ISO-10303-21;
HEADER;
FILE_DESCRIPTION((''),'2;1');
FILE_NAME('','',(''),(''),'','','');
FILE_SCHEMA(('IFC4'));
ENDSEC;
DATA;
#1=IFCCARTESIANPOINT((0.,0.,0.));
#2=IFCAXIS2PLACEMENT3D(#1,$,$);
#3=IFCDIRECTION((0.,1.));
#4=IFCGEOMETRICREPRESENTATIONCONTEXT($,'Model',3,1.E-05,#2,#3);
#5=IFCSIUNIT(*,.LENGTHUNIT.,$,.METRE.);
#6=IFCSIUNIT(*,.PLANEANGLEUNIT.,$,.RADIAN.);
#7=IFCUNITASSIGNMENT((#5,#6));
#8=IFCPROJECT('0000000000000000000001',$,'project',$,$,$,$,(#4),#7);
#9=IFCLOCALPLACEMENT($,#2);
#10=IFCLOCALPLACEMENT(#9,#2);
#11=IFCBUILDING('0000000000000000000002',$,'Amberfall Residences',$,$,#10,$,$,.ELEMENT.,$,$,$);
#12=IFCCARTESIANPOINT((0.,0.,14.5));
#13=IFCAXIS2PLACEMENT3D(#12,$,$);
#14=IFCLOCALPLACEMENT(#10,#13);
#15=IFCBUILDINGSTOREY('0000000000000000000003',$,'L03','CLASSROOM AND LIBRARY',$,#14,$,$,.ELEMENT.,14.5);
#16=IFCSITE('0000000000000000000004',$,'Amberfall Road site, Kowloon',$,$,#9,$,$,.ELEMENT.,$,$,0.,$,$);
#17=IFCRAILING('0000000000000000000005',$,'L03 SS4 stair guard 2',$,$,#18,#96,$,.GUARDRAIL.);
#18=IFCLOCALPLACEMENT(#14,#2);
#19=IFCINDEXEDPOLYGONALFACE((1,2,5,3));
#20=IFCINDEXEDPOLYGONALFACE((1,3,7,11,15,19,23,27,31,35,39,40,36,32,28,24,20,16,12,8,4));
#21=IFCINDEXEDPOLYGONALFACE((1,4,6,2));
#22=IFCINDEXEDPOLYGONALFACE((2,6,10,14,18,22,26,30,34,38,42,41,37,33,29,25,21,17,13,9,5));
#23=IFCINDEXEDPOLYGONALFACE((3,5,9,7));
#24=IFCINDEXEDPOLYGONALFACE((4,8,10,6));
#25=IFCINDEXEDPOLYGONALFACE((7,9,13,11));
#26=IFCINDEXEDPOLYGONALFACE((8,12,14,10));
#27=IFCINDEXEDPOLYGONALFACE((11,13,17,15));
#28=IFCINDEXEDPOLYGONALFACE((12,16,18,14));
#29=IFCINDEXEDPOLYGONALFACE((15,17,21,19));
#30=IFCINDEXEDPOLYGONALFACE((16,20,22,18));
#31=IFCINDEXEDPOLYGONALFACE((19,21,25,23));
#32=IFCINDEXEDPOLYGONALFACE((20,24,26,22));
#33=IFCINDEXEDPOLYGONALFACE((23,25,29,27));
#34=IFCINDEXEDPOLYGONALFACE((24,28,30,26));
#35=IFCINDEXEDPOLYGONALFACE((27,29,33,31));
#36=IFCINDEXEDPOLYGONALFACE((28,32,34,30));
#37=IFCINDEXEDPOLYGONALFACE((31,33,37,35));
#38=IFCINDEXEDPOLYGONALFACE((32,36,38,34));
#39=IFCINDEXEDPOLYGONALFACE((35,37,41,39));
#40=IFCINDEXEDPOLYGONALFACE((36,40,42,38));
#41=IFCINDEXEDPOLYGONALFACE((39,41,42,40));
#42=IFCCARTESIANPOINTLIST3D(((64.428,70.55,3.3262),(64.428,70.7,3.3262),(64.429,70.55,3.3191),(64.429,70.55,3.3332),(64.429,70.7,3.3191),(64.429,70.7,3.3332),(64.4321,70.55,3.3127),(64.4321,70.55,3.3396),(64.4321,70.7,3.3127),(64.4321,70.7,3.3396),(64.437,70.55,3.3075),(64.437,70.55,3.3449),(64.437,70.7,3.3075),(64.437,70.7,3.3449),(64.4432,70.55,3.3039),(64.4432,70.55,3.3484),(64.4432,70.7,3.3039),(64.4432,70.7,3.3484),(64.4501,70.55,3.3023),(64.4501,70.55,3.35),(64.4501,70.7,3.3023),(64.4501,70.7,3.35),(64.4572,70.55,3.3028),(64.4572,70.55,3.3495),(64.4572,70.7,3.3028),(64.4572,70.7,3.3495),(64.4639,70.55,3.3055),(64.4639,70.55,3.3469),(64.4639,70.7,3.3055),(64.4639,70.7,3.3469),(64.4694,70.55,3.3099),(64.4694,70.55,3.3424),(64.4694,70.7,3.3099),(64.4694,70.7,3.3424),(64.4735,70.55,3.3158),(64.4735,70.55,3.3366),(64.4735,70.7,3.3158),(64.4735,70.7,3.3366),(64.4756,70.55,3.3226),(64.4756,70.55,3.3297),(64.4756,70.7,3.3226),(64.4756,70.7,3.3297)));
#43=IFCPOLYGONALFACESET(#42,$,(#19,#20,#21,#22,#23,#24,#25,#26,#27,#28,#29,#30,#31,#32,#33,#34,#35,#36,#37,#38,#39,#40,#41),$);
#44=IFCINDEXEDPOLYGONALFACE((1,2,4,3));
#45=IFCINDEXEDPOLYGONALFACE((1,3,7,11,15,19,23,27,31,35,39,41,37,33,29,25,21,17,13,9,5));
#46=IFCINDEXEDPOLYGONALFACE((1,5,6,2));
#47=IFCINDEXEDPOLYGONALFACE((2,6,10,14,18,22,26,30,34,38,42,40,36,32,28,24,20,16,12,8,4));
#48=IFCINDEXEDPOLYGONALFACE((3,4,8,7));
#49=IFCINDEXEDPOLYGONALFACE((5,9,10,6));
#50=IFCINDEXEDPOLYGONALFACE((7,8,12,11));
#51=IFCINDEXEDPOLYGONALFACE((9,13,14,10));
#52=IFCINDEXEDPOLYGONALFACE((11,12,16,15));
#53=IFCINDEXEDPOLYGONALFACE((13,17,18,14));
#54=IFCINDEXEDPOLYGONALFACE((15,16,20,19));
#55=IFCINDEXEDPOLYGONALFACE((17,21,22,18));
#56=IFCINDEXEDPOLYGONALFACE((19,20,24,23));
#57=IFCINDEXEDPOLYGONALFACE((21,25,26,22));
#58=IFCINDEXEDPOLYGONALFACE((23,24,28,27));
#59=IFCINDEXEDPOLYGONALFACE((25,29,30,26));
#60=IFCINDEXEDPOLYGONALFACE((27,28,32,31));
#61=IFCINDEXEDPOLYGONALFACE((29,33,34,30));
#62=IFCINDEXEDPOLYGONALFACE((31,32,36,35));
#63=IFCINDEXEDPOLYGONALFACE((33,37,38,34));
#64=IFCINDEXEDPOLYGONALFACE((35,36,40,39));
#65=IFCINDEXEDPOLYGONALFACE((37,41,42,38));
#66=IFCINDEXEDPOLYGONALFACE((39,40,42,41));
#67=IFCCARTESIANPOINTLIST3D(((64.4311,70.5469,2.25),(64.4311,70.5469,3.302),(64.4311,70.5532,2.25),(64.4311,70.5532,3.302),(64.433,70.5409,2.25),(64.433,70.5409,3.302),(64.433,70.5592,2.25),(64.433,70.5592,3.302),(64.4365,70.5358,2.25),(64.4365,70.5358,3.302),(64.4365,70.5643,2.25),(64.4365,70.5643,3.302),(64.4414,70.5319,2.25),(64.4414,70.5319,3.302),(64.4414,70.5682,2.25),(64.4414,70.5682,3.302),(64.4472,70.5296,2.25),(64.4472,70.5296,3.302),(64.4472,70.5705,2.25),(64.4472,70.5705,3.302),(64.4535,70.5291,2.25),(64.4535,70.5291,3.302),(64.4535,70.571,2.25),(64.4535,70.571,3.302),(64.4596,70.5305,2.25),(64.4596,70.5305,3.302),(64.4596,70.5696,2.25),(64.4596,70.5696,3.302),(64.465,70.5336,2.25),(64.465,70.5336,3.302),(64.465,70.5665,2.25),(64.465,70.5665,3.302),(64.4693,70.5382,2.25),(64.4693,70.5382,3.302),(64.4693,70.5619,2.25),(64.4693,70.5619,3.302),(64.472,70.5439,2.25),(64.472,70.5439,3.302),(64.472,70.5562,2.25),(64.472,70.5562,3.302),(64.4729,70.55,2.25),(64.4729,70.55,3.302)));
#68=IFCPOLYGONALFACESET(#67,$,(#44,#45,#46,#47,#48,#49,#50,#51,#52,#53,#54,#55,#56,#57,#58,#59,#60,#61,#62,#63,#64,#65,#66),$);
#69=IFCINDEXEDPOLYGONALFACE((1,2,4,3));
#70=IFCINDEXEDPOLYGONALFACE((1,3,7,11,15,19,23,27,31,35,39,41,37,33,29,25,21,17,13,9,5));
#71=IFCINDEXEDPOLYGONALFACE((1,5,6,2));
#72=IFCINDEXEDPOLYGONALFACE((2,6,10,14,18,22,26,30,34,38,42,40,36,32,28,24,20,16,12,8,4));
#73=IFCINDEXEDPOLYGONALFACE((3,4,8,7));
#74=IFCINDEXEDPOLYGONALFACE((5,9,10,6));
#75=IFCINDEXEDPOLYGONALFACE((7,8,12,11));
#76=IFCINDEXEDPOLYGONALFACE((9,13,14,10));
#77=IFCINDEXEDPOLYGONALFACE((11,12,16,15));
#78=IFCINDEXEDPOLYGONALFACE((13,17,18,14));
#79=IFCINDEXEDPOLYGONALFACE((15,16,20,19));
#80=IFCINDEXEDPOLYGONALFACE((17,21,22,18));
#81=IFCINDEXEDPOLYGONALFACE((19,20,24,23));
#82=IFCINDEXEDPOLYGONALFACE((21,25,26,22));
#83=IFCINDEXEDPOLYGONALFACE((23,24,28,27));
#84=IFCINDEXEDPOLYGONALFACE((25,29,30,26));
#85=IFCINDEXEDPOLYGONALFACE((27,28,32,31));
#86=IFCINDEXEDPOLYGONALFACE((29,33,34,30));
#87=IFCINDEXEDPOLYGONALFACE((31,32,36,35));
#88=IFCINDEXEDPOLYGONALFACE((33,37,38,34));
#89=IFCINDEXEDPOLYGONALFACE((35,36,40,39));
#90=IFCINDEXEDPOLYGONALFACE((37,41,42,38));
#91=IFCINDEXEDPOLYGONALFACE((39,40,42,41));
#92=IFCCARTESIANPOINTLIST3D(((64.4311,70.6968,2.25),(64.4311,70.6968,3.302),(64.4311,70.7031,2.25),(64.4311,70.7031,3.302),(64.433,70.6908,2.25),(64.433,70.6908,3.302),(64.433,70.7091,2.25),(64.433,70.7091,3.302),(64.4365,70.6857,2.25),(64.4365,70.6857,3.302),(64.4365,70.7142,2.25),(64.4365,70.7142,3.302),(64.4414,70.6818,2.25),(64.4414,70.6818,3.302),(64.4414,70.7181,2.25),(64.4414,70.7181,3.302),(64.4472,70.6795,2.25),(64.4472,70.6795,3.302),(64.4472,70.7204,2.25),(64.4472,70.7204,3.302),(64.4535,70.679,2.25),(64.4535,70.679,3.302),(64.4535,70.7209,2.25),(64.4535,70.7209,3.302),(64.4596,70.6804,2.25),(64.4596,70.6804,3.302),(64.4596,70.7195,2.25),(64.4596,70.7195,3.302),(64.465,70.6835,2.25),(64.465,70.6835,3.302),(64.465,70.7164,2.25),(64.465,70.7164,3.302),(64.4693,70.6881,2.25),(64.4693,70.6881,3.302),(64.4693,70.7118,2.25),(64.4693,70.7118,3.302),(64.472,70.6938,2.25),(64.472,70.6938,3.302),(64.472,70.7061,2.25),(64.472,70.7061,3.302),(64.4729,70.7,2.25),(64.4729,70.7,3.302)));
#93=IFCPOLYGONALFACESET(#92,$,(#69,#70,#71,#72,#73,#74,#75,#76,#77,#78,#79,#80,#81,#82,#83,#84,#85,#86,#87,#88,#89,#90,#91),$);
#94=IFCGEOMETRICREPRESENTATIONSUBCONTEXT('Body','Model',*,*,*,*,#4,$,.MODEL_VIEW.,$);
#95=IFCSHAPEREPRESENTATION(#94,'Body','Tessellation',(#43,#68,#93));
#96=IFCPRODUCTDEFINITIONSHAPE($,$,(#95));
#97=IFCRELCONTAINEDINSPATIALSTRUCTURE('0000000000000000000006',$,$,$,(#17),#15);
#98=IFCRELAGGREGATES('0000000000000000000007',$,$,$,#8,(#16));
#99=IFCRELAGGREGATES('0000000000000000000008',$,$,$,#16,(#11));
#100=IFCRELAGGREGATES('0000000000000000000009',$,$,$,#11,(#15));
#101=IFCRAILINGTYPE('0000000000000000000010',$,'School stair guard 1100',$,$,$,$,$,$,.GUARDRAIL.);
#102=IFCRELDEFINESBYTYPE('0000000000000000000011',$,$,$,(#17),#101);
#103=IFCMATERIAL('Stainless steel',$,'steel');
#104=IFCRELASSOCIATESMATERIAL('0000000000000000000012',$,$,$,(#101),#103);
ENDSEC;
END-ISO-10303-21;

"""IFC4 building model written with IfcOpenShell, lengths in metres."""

from ifc_helpers import new_model, si_unit, direction, frame, origin, origin_2d, place, context, subcontext, project, spatial, circle, extrude, material, type_object, element, save


model = new_model("IFC4")

# Units and contexts
model_context = context("Model", 3, precision=1e-05, world=origin(), true_north=direction((0.0, 1.0)))
body_context = subcontext(model_context, "Body", "Model", "MODEL_VIEW")
ifc_project = project(units=[si_unit("LENGTHUNIT", "METRE"), si_unit("PLANEANGLEUNIT", "RADIAN")], contexts=[model_context])

# Site, building, storey
site_placement = place(None, origin())
site = spatial("IfcSite", under=ifc_project, at=site_placement, Name="Amberfall Road site, Kowloon", CompositionType="ELEMENT", RefElevation=0.0)
building_placement = place(site_placement, origin())
building = spatial("IfcBuilding", under=site, at=building_placement, Name="Amberfall Residences", CompositionType="ELEMENT")
storey_placement = place(building_placement, frame((0.0, 0.0, 14.5)))
storey = spatial("IfcBuildingStorey", under=building, at=storey_placement, Name="L03", Description="CLASSROOM AND LIBRARY", CompositionType="ELEMENT", Elevation=14.5)

# Railing
ifc_material_1 = material(Name="Stainless steel", Category="steel")
railing_type_1 = type_object("IfcRailingType", Name="School stair guard 1100", PredefinedType="GUARDRAIL", material=ifc_material_1)
railing_1_placement = place(storey_placement, frame((64.4519, 70.55, 2.25)))
element("IfcRailing", 1, at=railing_1_placement, inside=storey, type_object=railing_type_1, Name="L03 SS4 stair guard 2", PredefinedType="GUARDRAIL", context=body_context, shape_type="SweptSolid", body=[
    extrude(circle(Radius=0.0239, at=origin_2d()), frame((0.0, 0.0, 1.0762), z_axis=(0.0, 1.0, 0.0), x_axis=(-1.0, 0.0, 0.0)), (0.0, 0.0, 1.0), 0.1499),
    extrude(circle(Radius=0.021, at=origin_2d()), origin(), (0.0, 0.0, 1.0), 1.052),
    extrude(circle(Radius=0.021, at=origin_2d()), frame((0.0, 0.1499, 0.0)), (0.0, 0.0, 1.0), 1.052),
])

save(model, "model.ifc")
